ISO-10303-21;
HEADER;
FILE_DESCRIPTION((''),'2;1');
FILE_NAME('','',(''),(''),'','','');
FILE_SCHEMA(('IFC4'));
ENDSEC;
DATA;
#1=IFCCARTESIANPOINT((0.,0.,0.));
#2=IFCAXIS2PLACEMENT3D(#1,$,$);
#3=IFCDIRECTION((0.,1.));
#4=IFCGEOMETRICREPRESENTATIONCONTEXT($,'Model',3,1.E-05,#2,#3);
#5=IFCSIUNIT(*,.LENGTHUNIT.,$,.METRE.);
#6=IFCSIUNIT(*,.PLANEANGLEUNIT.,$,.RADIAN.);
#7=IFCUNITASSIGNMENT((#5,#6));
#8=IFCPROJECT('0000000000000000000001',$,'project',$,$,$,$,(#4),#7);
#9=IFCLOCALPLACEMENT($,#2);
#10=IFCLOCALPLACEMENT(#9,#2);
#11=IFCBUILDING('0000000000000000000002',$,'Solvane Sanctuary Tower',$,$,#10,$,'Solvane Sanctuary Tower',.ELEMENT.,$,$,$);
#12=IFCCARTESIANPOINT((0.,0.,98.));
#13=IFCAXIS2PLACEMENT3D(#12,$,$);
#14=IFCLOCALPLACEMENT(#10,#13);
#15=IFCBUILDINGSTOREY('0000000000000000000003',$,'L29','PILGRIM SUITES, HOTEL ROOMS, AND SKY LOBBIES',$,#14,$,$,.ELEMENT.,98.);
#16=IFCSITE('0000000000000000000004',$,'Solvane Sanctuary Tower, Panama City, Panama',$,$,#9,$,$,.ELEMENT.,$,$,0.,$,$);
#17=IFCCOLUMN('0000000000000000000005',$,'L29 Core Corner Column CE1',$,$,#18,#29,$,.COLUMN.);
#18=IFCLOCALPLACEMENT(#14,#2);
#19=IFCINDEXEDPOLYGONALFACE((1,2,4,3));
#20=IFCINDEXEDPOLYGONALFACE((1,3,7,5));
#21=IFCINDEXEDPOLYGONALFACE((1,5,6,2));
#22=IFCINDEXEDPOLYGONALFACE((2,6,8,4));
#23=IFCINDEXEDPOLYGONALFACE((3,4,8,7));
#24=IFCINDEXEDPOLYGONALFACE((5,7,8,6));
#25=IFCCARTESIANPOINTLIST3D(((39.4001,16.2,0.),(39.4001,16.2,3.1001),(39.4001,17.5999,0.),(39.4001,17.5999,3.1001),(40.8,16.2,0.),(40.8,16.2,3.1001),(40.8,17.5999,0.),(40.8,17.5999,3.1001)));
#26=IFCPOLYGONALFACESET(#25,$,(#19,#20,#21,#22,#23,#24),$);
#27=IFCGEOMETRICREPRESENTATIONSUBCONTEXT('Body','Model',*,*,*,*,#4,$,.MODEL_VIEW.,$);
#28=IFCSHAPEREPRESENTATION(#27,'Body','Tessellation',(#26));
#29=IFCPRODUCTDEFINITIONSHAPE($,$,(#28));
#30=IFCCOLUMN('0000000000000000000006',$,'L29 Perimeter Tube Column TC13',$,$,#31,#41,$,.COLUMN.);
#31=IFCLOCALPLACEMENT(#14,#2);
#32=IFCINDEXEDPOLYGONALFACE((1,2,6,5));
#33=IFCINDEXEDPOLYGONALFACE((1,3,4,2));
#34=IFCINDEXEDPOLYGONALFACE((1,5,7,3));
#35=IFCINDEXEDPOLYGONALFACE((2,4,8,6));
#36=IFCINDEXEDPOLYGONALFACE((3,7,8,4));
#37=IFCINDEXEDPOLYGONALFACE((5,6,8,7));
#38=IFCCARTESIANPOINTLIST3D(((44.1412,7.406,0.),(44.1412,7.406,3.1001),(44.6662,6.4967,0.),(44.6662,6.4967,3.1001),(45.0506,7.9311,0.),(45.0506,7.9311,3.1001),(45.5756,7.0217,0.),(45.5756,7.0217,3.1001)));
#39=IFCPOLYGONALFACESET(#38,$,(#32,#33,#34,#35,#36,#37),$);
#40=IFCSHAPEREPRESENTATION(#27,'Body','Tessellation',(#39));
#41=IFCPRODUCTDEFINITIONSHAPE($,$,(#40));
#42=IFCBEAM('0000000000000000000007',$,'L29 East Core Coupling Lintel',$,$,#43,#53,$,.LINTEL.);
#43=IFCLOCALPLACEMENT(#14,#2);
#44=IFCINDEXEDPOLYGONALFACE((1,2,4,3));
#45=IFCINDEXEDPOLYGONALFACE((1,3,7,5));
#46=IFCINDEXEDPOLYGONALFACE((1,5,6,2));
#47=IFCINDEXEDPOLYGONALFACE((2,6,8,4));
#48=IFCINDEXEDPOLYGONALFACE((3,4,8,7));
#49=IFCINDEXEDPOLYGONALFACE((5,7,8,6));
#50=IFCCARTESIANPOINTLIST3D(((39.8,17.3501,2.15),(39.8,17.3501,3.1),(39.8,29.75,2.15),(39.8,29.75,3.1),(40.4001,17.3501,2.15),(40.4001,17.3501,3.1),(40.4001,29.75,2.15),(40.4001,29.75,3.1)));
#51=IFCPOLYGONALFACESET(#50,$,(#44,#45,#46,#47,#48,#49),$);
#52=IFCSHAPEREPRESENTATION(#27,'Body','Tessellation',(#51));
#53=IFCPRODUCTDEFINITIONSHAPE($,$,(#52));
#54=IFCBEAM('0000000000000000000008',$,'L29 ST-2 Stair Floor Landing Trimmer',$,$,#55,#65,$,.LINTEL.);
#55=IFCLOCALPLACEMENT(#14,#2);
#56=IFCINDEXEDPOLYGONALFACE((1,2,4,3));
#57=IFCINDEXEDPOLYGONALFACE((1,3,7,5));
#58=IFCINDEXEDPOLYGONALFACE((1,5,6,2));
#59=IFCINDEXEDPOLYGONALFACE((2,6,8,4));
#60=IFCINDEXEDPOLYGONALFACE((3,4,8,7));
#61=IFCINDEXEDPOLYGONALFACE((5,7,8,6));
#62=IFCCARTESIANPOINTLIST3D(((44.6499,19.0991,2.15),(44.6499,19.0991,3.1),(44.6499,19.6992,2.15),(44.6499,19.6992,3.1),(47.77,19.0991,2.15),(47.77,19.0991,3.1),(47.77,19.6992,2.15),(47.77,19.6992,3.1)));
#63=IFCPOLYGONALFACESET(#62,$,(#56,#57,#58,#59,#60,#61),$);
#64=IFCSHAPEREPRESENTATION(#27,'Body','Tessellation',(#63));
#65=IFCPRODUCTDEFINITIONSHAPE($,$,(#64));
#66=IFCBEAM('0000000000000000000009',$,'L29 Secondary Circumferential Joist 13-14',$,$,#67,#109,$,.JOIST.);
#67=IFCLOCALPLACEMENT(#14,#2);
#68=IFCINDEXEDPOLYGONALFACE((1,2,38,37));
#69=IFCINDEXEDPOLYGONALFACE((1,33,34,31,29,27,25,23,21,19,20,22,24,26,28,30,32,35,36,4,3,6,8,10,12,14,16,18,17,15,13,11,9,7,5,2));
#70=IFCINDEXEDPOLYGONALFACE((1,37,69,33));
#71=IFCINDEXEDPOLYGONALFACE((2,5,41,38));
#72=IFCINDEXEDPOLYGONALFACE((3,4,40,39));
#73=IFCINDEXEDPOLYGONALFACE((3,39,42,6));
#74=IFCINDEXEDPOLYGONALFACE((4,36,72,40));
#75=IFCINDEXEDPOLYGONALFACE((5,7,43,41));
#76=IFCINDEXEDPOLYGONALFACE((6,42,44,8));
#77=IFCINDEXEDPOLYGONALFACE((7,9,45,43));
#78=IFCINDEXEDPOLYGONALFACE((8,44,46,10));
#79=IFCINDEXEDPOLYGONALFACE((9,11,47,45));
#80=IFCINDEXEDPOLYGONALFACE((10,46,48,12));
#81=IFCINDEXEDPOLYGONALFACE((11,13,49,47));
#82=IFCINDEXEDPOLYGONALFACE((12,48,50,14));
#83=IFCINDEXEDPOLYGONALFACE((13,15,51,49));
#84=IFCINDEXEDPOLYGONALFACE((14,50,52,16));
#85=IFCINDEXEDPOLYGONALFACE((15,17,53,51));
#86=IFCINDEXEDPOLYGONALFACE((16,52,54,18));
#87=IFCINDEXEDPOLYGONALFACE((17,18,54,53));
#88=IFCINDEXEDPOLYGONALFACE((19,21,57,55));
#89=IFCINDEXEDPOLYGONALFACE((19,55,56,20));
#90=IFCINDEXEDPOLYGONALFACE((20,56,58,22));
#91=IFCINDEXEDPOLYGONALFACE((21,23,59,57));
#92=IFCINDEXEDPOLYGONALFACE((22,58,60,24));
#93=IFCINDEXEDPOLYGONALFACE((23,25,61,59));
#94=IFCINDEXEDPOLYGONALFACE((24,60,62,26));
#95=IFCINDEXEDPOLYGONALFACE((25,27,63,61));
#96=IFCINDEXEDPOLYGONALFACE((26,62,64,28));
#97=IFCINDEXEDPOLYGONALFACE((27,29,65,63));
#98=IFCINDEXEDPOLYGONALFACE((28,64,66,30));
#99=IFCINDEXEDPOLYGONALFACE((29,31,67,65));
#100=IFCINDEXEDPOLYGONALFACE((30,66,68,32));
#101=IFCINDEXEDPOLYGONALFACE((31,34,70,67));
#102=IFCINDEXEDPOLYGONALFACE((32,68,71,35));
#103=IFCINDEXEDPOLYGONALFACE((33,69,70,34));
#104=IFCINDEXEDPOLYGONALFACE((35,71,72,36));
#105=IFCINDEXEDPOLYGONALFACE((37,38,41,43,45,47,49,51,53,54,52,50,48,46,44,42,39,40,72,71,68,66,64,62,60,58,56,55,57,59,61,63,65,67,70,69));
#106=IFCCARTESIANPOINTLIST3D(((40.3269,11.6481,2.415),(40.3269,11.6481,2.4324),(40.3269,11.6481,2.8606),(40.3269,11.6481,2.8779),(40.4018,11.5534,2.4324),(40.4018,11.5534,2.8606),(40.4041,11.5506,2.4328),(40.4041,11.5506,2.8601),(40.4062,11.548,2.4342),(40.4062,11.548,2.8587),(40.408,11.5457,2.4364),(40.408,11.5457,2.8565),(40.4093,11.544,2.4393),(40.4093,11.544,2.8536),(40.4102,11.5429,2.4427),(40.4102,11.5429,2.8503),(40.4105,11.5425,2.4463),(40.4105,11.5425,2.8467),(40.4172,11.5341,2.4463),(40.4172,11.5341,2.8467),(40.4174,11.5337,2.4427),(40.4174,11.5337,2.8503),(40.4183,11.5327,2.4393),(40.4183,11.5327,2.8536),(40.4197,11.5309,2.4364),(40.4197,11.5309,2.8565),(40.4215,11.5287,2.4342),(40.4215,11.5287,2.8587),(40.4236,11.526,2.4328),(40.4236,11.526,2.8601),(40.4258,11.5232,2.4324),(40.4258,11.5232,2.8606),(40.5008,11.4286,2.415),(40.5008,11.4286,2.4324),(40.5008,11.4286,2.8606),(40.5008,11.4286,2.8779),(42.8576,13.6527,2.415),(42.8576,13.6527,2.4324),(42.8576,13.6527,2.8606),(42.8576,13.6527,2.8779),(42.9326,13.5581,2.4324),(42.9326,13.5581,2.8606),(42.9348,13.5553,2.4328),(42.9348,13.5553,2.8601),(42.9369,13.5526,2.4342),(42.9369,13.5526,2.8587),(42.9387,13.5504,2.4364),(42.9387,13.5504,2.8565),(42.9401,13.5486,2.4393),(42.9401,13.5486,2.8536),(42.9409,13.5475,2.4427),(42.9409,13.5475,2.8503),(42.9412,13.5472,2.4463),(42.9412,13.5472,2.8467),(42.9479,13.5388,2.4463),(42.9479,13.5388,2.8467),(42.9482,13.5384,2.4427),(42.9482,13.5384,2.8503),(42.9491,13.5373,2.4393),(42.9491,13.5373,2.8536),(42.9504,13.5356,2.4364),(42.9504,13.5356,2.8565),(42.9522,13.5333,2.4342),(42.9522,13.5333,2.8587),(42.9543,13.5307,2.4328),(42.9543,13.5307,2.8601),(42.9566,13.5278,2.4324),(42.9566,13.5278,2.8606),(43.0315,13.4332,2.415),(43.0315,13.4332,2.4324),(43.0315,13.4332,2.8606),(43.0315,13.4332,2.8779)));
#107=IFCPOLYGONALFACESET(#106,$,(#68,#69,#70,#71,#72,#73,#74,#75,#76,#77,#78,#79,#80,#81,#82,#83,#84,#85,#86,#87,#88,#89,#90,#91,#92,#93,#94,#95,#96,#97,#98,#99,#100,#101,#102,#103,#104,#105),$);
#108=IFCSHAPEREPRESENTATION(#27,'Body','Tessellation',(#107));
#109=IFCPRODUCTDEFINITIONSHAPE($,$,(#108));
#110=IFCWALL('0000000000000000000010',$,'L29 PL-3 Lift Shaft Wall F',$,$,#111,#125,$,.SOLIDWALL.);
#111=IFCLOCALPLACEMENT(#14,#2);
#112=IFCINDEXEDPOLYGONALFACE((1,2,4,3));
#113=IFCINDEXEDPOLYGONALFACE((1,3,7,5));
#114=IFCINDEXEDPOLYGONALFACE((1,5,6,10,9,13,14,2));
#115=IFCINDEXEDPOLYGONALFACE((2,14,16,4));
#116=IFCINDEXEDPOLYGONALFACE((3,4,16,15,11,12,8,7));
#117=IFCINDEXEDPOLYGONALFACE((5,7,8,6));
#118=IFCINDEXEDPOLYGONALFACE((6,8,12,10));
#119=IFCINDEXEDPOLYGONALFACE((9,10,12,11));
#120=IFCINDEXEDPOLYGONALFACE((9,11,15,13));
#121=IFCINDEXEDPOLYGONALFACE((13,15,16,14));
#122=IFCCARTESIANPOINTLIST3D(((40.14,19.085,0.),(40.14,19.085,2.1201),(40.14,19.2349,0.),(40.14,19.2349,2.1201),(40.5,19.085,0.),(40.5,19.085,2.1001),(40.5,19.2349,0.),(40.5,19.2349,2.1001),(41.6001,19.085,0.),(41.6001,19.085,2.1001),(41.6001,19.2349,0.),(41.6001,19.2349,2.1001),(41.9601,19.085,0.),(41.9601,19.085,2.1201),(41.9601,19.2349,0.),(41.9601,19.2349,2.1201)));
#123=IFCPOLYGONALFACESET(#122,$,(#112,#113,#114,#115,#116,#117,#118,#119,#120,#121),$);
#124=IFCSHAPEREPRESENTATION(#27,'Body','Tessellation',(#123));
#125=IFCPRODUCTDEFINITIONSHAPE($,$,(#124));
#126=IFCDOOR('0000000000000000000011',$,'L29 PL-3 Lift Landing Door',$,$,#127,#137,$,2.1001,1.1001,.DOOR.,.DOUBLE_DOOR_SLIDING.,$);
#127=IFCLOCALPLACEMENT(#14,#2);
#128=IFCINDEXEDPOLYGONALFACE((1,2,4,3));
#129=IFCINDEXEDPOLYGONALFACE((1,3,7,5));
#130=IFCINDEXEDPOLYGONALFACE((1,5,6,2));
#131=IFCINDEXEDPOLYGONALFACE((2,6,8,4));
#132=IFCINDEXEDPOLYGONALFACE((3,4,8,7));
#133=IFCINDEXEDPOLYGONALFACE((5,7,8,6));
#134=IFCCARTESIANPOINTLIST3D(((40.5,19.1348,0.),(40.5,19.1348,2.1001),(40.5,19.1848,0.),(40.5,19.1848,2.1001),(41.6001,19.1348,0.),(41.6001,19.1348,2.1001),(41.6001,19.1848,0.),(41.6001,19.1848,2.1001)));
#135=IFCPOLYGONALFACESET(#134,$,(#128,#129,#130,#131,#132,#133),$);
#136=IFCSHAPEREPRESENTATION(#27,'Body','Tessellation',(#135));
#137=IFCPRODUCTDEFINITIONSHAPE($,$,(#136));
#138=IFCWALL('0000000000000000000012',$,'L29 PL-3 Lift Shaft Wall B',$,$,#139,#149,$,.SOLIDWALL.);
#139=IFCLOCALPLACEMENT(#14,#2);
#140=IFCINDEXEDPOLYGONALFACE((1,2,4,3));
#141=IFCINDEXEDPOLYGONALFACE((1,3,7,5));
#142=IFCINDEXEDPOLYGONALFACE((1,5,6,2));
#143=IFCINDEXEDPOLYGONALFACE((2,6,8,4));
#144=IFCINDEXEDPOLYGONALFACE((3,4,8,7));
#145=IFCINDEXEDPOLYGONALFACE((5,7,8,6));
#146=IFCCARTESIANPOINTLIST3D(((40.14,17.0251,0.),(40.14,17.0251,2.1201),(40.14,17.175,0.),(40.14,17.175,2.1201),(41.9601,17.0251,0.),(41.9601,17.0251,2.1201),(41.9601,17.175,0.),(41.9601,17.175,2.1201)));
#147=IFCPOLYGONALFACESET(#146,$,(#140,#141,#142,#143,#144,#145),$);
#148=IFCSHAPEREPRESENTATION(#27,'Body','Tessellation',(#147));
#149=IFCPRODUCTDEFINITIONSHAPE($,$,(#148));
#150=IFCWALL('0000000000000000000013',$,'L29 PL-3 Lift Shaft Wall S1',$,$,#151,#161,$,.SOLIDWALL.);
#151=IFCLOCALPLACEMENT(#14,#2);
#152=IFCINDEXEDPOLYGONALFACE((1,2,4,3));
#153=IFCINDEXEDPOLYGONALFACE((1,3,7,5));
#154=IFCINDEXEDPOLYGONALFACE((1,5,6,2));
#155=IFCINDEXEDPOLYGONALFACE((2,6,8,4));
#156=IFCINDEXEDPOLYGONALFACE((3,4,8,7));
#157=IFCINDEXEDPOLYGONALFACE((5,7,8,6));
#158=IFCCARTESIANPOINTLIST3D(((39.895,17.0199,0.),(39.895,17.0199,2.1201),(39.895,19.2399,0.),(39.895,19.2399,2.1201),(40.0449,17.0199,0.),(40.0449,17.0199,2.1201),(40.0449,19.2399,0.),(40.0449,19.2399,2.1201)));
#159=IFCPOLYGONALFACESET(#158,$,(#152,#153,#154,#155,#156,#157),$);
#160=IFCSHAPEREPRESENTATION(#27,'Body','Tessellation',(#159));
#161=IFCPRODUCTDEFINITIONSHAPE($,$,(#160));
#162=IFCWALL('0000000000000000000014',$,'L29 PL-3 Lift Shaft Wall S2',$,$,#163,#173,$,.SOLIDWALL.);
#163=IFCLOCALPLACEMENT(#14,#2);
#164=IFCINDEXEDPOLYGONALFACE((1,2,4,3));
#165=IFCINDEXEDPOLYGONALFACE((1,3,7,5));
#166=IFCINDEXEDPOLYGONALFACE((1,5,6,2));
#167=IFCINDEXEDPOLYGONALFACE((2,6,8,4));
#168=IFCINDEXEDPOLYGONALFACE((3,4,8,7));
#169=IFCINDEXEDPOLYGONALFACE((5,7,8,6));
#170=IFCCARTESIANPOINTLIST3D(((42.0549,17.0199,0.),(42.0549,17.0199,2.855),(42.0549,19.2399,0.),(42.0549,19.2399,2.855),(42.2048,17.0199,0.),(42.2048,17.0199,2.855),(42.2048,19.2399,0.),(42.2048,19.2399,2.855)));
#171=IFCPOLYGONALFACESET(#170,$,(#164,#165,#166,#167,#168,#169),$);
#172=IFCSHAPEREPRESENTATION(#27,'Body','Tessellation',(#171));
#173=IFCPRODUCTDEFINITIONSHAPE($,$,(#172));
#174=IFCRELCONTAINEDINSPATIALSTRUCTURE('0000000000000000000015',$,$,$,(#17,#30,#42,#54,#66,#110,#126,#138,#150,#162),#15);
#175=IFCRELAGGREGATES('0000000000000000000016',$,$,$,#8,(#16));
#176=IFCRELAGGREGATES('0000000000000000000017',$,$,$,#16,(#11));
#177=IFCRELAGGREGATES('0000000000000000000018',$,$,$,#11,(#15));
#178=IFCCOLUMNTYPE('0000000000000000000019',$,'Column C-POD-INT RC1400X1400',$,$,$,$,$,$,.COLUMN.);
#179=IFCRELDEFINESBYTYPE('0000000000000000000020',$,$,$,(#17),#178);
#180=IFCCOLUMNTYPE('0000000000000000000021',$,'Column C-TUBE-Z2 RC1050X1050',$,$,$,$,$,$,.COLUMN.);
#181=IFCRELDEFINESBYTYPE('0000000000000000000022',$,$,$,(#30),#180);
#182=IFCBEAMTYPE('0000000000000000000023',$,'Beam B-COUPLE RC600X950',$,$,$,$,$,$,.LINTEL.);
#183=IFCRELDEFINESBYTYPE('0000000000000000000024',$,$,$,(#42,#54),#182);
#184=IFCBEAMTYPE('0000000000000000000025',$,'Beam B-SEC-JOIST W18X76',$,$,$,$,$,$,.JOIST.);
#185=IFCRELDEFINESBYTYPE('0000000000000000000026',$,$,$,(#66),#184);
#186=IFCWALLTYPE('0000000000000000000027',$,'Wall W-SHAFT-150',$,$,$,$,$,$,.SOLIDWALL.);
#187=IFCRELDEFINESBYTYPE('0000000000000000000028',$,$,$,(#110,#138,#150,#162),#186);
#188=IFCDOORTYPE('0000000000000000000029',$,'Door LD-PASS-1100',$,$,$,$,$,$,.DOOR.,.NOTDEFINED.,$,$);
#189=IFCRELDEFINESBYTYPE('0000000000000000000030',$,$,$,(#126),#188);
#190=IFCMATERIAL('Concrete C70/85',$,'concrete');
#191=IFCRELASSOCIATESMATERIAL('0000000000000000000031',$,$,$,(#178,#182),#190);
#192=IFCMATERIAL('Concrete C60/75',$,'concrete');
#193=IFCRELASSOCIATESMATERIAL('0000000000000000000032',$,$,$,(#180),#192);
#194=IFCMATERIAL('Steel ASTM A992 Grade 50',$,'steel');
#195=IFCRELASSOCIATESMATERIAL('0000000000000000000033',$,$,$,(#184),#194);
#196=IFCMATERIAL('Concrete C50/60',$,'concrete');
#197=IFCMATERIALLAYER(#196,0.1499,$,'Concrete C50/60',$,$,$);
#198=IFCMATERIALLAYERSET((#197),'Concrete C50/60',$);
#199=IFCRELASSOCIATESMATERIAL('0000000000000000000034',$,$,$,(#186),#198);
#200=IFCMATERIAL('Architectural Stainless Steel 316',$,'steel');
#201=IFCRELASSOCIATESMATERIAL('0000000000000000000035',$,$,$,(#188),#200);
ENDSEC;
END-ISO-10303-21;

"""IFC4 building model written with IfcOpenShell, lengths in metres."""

from ifc_helpers import new_model, si_unit, direction, frame, frame_2d, origin, origin_2d, place, context, subcontext, project, spatial, rectangle, i_section, extrude, material, layer, layer_set, material_profile, profile_set, type_object, element, fill, save


model = new_model("IFC4")

# Units and contexts
model_context = context("Model", 3, precision=1e-05, world=origin(), true_north=direction((0.0, 1.0)))
body_context = subcontext(model_context, "Body", "Model", "MODEL_VIEW")
ifc_project = project(units=[si_unit("LENGTHUNIT", "METRE"), si_unit("PLANEANGLEUNIT", "RADIAN")], contexts=[model_context])

# Site, building, storey
site_placement = place(None, origin())
site = spatial("IfcSite", under=ifc_project, at=site_placement, Name="Solvane Sanctuary Tower, Panama City, Panama", CompositionType="ELEMENT", RefElevation=0.0)
building_placement = place(site_placement, origin())
building = spatial("IfcBuilding", under=site, at=building_placement, Name="Solvane Sanctuary Tower", LongName="Solvane Sanctuary Tower", CompositionType="ELEMENT")
storey_placement = place(building_placement, frame((0.0, 0.0, 98.0)))
storey = spatial("IfcBuildingStorey", under=building, at=storey_placement, Name="L29", Description="PILGRIM SUITES, HOTEL ROOMS, AND SKY LOBBIES", CompositionType="ELEMENT", Elevation=98.0)

# Columns
ifc_material_1 = material(Name="Concrete C70/85", Category="concrete")
ifc_material_profile_1 = material_profile(ifc_material_1, rectangle(XDim=1.3999, YDim=1.3999, at=origin_2d()), Name="RC1400X1400")
ifc_profile_set_1 = profile_set([ifc_material_profile_1], Name="Concrete C70/85")
column_type_1 = type_object("IfcColumnType", Name="Column C-POD-INT RC1400X1400", PredefinedType="COLUMN", material=ifc_profile_set_1)
column_1_placement = place(storey_placement, frame((40.1001, 16.8999, 0.0), z_axis=(0.0, 0.0, 1.0), x_axis=(1.0, 0.0, 0.0)))
element("IfcColumn", 1, at=column_1_placement, inside=storey, type_object=column_type_1, Name="L29 Core Corner Column CE1", PredefinedType="COLUMN", context=body_context, shape_type="SweptSolid", body=[
    extrude(rectangle(XDim=1.3999, YDim=1.3999, at=origin_2d()), origin(), (0.0, 0.0, 1.0), 3.1001),
])
ifc_material_2 = material(Name="Concrete C60/75", Category="concrete")
ifc_material_profile_2 = material_profile(ifc_material_2, rectangle(XDim=1.05, YDim=1.05, at=origin_2d()), Name="RC1050X1050")
ifc_profile_set_2 = profile_set([ifc_material_profile_2], Name="Concrete C60/75")
column_type_2 = type_object("IfcColumnType", Name="Column C-TUBE-Z2 RC1050X1050", PredefinedType="COLUMN", material=ifc_profile_set_2)
column_2_placement = place(storey_placement, frame((44.8584, 7.2139, 0.0), z_axis=(0.0, 0.0, 1.0), x_axis=(0.5, -0.866025, 0.0)))
element("IfcColumn", 2, at=column_2_placement, inside=storey, type_object=column_type_2, Name="L29 Perimeter Tube Column TC13", PredefinedType="COLUMN", context=body_context, shape_type="SweptSolid", body=[
    extrude(rectangle(XDim=1.05, YDim=1.05, at=origin_2d()), origin(), (0.0, 0.0, 1.0), 3.1001),
])

# Beams
ifc_material_profile_3 = material_profile(ifc_material_1, rectangle(XDim=0.6001, YDim=0.95, at=origin_2d()), Name="RC600X950")
ifc_profile_set_3 = profile_set([ifc_material_profile_3], Name="Concrete C70/85")
beam_type_1 = type_object("IfcBeamType", Name="Beam B-COUPLE RC600X950", PredefinedType="LINTEL", material=ifc_profile_set_3)
beam_1_placement = place(storey_placement, frame((40.1001, 17.3501, 2.625), z_axis=(0.0, 1.0, 0.0), x_axis=(-1.0, 0.0, 0.0)))
element("IfcBeam", 3, at=beam_1_placement, inside=storey, type_object=beam_type_1, Name="L29 East Core Coupling Lintel", PredefinedType="LINTEL", context=body_context, shape_type="SweptSolid", body=[
    extrude(rectangle(XDim=0.6001, YDim=0.95, at=origin_2d()), origin(), (0.0, 0.0, 1.0), 12.3999),
])
beam_2_placement = place(storey_placement, frame((44.6499, 19.3992, 2.625), z_axis=(1.0, 0.0, 0.0), x_axis=(0.0, 1.0, 0.0)))
element("IfcBeam", 4, at=beam_2_placement, inside=storey, type_object=beam_type_1, Name="L29 ST-2 Stair Floor Landing Trimmer", PredefinedType="LINTEL", context=body_context, shape_type="SweptSolid", body=[
    extrude(rectangle(XDim=0.6001, YDim=0.95, at=origin_2d()), origin(), (0.0, 0.0, 1.0), 3.1201),
])
ifc_material_3 = material(Name="Steel ASTM A992 Grade 50", Category="steel")
ifc_material_profile_4 = material_profile(ifc_material_3, i_section(OverallWidth=0.28, OverallDepth=0.4629, WebThickness=0.0107, FlangeThickness=0.0173, FilletRadius=0.0139, at=origin_2d()), Name="W18X76")
ifc_profile_set_4 = profile_set([ifc_material_profile_4], Name="Steel ASTM A992 Grade 50")
beam_type_2 = type_object("IfcBeamType", Name="Beam B-SEC-JOIST W18X76", PredefinedType="JOIST", material=ifc_profile_set_4)
beam_3_placement = place(storey_placement, frame((40.4138, 11.5383, 2.6465), z_axis=(0.783877, 0.620916, 0.0), x_axis=(-0.620916, 0.783877, 0.0)))
element("IfcBeam", 5, at=beam_3_placement, inside=storey, type_object=beam_type_2, Name="L29 Secondary Circumferential Joist 13-14", PredefinedType="JOIST", context=body_context, shape_type="SweptSolid", body=[
    extrude(i_section(OverallWidth=0.28, OverallDepth=0.4629, WebThickness=0.0107, FlangeThickness=0.0173, FilletRadius=0.0139, at=origin_2d()), origin(), (0.0, 0.0, 1.0), 3.2285),
])

# Wall, opening, door
ifc_material_4 = material(Name="Concrete C50/60", Category="concrete")
ifc_layer_1 = layer(ifc_material_4, 0.1499, Name="Concrete C50/60")
ifc_layer_set_1 = layer_set([ifc_layer_1], Name="Concrete C50/60")
wall_type_1 = type_object("IfcWallType", Name="Wall W-SHAFT-150", PredefinedType="SOLIDWALL", material=ifc_layer_set_1)
wall_1_placement = place(storey_placement, frame((40.1399, 19.1599, 0.0), z_axis=(0.0, 0.0, 1.0), x_axis=(1.0, 0.0, 0.0)))
wall_1 = element("IfcWall", 6, at=wall_1_placement, inside=storey, type_object=wall_type_1, Name="L29 PL-3 Lift Shaft Wall F", PredefinedType="SOLIDWALL", context=body_context, shape_type="SweptSolid", body=[
    extrude(rectangle(XDim=1.8201, YDim=0.1499, at=frame_2d((0.9102, 0.0))), origin(), (0.0, 0.0, 1.0), 2.1201),
])
opening_1_placement = place(wall_1_placement, frame((0.3601, 0.0, 0.0)))
opening_1 = element("IfcOpeningElement", 7, at=opening_1_placement, cuts=wall_1, PredefinedType="OPENING", context=body_context, shape_type="SweptSolid", body=[
    extrude(rectangle(XDim=1.1001, YDim=2.1001, at=frame_2d((0.55, 1.05))), frame((0.0, 0.085, 0.0), z_axis=(0.0, -1.0, 0.0), x_axis=(1.0, 0.0, 0.0)), (0.0, 0.0, 1.0), 0.1699),
])
ifc_material_5 = material(Name="Architectural Stainless Steel 316", Category="steel")
door_type_1 = type_object("IfcDoorType", Name="Door LD-PASS-1100", OperationType="NOTDEFINED", PredefinedType="DOOR", material=ifc_material_5)
door_1_placement = place(opening_1_placement, origin())
door_1 = element("IfcDoor", 8, at=door_1_placement, inside=storey, type_object=door_type_1, Name="L29 PL-3 Lift Landing Door", OperationType="DOUBLE_DOOR_SLIDING", OverallHeight=2.1001, OverallWidth=1.1001, PredefinedType="DOOR", context=body_context, shape_type="SweptSolid", body=[
    extrude(rectangle(XDim=1.1001, YDim=2.1001, at=frame_2d((0.55, 1.05))), frame((0.0, 0.0249, 0.0), z_axis=(0.0, -1.0, 0.0), x_axis=(1.0, 0.0, 0.0)), (0.0, 0.0, 1.0), 0.05),
])
fill(opening_1, door_1)

# Walls
wall_2_placement = place(storey_placement, frame((40.1399, 17.1001, 0.0), z_axis=(0.0, 0.0, 1.0), x_axis=(1.0, 0.0, 0.0)))
element("IfcWall", 9, at=wall_2_placement, inside=storey, type_object=wall_type_1, Name="L29 PL-3 Lift Shaft Wall B", PredefinedType="SOLIDWALL", context=body_context, shape_type="SweptSolid", body=[
    extrude(rectangle(XDim=1.8201, YDim=0.1499, at=frame_2d((0.9102, 0.0))), origin(), (0.0, 0.0, 1.0), 2.1201),
])
wall_3_placement = place(storey_placement, frame((39.97, 17.02, 0.0), z_axis=(0.0, 0.0, 1.0), x_axis=(0.0, 1.0, 0.0)))
element("IfcWall", 10, at=wall_3_placement, inside=storey, type_object=wall_type_1, Name="L29 PL-3 Lift Shaft Wall S1", PredefinedType="SOLIDWALL", context=body_context, shape_type="SweptSolid", body=[
    extrude(rectangle(XDim=2.22, YDim=0.1499, at=frame_2d((1.1099, 0.0))), origin(), (0.0, 0.0, 1.0), 2.1201),
])
wall_4_placement = place(storey_placement, frame((42.1299, 17.02, 0.0), z_axis=(0.0, 0.0, 1.0), x_axis=(0.0, 1.0, 0.0)))
element("IfcWall", 11, at=wall_4_placement, inside=storey, type_object=wall_type_1, Name="L29 PL-3 Lift Shaft Wall S2", PredefinedType="SOLIDWALL", context=body_context, shape_type="SweptSolid", body=[
    extrude(rectangle(XDim=2.22, YDim=0.1499, at=frame_2d((1.1099, 0.0))), origin(), (0.0, 0.0, 1.0), 2.855),
])

save(model, "model.ifc")
